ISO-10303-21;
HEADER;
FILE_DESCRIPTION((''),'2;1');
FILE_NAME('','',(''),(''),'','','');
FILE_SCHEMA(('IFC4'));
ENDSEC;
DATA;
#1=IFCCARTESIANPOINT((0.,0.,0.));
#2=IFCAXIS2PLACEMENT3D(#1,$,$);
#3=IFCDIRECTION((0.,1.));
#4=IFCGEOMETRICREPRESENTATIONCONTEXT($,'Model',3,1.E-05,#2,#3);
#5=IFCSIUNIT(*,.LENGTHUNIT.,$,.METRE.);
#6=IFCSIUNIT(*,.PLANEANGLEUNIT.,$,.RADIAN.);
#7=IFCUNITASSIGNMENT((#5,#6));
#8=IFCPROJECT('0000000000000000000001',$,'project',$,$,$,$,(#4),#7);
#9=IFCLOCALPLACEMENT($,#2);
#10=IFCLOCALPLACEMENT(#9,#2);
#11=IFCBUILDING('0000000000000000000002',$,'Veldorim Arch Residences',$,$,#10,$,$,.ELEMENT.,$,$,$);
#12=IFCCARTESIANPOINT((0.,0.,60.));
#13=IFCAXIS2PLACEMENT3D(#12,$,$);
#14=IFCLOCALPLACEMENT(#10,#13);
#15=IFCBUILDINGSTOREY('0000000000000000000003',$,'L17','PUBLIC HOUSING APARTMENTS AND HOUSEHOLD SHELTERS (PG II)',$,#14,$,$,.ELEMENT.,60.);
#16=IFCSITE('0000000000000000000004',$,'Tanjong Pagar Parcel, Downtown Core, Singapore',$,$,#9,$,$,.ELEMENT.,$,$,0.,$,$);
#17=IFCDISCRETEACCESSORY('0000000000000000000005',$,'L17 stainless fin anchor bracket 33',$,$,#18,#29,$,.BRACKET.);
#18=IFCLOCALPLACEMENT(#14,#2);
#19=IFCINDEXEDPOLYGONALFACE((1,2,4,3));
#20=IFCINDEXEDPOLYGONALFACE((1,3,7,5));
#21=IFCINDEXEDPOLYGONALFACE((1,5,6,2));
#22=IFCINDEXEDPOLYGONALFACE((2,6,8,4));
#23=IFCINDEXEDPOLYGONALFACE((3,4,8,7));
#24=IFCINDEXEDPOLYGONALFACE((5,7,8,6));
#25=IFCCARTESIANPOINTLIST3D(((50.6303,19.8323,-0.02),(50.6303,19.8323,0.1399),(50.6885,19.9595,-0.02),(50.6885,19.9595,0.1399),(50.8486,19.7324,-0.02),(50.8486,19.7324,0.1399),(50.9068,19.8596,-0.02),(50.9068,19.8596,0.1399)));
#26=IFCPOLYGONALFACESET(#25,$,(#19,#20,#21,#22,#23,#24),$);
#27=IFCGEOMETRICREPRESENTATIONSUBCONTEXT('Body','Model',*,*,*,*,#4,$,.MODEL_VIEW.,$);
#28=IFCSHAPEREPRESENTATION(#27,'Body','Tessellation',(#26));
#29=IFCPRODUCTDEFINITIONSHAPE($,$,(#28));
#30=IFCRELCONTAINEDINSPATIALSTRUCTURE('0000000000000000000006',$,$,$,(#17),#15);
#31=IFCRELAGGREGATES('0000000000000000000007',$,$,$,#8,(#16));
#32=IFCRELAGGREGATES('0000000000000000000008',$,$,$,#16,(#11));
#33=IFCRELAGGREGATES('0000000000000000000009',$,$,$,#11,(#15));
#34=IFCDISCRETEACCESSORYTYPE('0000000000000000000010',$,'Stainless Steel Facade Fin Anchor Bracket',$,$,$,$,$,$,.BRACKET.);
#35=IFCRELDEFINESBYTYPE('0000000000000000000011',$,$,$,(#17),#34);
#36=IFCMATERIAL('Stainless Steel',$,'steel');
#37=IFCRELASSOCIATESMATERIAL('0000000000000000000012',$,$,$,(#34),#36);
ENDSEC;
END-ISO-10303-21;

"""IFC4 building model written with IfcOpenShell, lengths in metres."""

from ifc_helpers import new_model, si_unit, direction, frame, origin, origin_2d, place, context, subcontext, project, spatial, rectangle, extrude, material, type_object, element, save


model = new_model("IFC4")

# Units and contexts
model_context = context("Model", 3, precision=1e-05, world=origin(), true_north=direction((0.0, 1.0)))
body_context = subcontext(model_context, "Body", "Model", "MODEL_VIEW")
ifc_project = project(units=[si_unit("LENGTHUNIT", "METRE"), si_unit("PLANEANGLEUNIT", "RADIAN")], contexts=[model_context])

# Site, building, storey
site_placement = place(None, origin())
site = spatial("IfcSite", under=ifc_project, at=site_placement, Name="Tanjong Pagar Parcel, Downtown Core, Singapore", CompositionType="ELEMENT", RefElevation=0.0)
building_placement = place(site_placement, origin())
building = spatial("IfcBuilding", under=site, at=building_placement, Name="Veldorim Arch Residences", CompositionType="ELEMENT")
storey_placement = place(building_placement, frame((0.0, 0.0, 60.0)))
storey = spatial("IfcBuildingStorey", under=building, at=storey_placement, Name="L17", Description="PUBLIC HOUSING APARTMENTS AND HOUSEHOLD SHELTERS (PG II)", CompositionType="ELEMENT", Elevation=60.0)

# Discrete accessory
ifc_material_1 = material(Name="Stainless Steel", Category="steel")
discrete_accessory_type = type_object("IfcDiscreteAccessoryType", Name="Stainless Steel Facade Fin Anchor Bracket", PredefinedType="BRACKET", material=ifc_material_1)
discrete_accessory_placement = place(storey_placement, frame((50.7686, 19.8459, -0.02), z_axis=(0.0, 0.0, 1.0), x_axis=(-0.416122, -0.909309, 0.0)))
element("IfcDiscreteAccessory", 1, at=discrete_accessory_placement, inside=storey, type_object=discrete_accessory_type, Name="L17 stainless fin anchor bracket 33", PredefinedType="BRACKET", context=body_context, shape_type="SweptSolid", body=[
    extrude(rectangle(XDim=0.1399, YDim=0.24, at=origin_2d()), origin(), (0.0, 0.0, 1.0), 0.1599),
])

save(model, "model.ifc")
